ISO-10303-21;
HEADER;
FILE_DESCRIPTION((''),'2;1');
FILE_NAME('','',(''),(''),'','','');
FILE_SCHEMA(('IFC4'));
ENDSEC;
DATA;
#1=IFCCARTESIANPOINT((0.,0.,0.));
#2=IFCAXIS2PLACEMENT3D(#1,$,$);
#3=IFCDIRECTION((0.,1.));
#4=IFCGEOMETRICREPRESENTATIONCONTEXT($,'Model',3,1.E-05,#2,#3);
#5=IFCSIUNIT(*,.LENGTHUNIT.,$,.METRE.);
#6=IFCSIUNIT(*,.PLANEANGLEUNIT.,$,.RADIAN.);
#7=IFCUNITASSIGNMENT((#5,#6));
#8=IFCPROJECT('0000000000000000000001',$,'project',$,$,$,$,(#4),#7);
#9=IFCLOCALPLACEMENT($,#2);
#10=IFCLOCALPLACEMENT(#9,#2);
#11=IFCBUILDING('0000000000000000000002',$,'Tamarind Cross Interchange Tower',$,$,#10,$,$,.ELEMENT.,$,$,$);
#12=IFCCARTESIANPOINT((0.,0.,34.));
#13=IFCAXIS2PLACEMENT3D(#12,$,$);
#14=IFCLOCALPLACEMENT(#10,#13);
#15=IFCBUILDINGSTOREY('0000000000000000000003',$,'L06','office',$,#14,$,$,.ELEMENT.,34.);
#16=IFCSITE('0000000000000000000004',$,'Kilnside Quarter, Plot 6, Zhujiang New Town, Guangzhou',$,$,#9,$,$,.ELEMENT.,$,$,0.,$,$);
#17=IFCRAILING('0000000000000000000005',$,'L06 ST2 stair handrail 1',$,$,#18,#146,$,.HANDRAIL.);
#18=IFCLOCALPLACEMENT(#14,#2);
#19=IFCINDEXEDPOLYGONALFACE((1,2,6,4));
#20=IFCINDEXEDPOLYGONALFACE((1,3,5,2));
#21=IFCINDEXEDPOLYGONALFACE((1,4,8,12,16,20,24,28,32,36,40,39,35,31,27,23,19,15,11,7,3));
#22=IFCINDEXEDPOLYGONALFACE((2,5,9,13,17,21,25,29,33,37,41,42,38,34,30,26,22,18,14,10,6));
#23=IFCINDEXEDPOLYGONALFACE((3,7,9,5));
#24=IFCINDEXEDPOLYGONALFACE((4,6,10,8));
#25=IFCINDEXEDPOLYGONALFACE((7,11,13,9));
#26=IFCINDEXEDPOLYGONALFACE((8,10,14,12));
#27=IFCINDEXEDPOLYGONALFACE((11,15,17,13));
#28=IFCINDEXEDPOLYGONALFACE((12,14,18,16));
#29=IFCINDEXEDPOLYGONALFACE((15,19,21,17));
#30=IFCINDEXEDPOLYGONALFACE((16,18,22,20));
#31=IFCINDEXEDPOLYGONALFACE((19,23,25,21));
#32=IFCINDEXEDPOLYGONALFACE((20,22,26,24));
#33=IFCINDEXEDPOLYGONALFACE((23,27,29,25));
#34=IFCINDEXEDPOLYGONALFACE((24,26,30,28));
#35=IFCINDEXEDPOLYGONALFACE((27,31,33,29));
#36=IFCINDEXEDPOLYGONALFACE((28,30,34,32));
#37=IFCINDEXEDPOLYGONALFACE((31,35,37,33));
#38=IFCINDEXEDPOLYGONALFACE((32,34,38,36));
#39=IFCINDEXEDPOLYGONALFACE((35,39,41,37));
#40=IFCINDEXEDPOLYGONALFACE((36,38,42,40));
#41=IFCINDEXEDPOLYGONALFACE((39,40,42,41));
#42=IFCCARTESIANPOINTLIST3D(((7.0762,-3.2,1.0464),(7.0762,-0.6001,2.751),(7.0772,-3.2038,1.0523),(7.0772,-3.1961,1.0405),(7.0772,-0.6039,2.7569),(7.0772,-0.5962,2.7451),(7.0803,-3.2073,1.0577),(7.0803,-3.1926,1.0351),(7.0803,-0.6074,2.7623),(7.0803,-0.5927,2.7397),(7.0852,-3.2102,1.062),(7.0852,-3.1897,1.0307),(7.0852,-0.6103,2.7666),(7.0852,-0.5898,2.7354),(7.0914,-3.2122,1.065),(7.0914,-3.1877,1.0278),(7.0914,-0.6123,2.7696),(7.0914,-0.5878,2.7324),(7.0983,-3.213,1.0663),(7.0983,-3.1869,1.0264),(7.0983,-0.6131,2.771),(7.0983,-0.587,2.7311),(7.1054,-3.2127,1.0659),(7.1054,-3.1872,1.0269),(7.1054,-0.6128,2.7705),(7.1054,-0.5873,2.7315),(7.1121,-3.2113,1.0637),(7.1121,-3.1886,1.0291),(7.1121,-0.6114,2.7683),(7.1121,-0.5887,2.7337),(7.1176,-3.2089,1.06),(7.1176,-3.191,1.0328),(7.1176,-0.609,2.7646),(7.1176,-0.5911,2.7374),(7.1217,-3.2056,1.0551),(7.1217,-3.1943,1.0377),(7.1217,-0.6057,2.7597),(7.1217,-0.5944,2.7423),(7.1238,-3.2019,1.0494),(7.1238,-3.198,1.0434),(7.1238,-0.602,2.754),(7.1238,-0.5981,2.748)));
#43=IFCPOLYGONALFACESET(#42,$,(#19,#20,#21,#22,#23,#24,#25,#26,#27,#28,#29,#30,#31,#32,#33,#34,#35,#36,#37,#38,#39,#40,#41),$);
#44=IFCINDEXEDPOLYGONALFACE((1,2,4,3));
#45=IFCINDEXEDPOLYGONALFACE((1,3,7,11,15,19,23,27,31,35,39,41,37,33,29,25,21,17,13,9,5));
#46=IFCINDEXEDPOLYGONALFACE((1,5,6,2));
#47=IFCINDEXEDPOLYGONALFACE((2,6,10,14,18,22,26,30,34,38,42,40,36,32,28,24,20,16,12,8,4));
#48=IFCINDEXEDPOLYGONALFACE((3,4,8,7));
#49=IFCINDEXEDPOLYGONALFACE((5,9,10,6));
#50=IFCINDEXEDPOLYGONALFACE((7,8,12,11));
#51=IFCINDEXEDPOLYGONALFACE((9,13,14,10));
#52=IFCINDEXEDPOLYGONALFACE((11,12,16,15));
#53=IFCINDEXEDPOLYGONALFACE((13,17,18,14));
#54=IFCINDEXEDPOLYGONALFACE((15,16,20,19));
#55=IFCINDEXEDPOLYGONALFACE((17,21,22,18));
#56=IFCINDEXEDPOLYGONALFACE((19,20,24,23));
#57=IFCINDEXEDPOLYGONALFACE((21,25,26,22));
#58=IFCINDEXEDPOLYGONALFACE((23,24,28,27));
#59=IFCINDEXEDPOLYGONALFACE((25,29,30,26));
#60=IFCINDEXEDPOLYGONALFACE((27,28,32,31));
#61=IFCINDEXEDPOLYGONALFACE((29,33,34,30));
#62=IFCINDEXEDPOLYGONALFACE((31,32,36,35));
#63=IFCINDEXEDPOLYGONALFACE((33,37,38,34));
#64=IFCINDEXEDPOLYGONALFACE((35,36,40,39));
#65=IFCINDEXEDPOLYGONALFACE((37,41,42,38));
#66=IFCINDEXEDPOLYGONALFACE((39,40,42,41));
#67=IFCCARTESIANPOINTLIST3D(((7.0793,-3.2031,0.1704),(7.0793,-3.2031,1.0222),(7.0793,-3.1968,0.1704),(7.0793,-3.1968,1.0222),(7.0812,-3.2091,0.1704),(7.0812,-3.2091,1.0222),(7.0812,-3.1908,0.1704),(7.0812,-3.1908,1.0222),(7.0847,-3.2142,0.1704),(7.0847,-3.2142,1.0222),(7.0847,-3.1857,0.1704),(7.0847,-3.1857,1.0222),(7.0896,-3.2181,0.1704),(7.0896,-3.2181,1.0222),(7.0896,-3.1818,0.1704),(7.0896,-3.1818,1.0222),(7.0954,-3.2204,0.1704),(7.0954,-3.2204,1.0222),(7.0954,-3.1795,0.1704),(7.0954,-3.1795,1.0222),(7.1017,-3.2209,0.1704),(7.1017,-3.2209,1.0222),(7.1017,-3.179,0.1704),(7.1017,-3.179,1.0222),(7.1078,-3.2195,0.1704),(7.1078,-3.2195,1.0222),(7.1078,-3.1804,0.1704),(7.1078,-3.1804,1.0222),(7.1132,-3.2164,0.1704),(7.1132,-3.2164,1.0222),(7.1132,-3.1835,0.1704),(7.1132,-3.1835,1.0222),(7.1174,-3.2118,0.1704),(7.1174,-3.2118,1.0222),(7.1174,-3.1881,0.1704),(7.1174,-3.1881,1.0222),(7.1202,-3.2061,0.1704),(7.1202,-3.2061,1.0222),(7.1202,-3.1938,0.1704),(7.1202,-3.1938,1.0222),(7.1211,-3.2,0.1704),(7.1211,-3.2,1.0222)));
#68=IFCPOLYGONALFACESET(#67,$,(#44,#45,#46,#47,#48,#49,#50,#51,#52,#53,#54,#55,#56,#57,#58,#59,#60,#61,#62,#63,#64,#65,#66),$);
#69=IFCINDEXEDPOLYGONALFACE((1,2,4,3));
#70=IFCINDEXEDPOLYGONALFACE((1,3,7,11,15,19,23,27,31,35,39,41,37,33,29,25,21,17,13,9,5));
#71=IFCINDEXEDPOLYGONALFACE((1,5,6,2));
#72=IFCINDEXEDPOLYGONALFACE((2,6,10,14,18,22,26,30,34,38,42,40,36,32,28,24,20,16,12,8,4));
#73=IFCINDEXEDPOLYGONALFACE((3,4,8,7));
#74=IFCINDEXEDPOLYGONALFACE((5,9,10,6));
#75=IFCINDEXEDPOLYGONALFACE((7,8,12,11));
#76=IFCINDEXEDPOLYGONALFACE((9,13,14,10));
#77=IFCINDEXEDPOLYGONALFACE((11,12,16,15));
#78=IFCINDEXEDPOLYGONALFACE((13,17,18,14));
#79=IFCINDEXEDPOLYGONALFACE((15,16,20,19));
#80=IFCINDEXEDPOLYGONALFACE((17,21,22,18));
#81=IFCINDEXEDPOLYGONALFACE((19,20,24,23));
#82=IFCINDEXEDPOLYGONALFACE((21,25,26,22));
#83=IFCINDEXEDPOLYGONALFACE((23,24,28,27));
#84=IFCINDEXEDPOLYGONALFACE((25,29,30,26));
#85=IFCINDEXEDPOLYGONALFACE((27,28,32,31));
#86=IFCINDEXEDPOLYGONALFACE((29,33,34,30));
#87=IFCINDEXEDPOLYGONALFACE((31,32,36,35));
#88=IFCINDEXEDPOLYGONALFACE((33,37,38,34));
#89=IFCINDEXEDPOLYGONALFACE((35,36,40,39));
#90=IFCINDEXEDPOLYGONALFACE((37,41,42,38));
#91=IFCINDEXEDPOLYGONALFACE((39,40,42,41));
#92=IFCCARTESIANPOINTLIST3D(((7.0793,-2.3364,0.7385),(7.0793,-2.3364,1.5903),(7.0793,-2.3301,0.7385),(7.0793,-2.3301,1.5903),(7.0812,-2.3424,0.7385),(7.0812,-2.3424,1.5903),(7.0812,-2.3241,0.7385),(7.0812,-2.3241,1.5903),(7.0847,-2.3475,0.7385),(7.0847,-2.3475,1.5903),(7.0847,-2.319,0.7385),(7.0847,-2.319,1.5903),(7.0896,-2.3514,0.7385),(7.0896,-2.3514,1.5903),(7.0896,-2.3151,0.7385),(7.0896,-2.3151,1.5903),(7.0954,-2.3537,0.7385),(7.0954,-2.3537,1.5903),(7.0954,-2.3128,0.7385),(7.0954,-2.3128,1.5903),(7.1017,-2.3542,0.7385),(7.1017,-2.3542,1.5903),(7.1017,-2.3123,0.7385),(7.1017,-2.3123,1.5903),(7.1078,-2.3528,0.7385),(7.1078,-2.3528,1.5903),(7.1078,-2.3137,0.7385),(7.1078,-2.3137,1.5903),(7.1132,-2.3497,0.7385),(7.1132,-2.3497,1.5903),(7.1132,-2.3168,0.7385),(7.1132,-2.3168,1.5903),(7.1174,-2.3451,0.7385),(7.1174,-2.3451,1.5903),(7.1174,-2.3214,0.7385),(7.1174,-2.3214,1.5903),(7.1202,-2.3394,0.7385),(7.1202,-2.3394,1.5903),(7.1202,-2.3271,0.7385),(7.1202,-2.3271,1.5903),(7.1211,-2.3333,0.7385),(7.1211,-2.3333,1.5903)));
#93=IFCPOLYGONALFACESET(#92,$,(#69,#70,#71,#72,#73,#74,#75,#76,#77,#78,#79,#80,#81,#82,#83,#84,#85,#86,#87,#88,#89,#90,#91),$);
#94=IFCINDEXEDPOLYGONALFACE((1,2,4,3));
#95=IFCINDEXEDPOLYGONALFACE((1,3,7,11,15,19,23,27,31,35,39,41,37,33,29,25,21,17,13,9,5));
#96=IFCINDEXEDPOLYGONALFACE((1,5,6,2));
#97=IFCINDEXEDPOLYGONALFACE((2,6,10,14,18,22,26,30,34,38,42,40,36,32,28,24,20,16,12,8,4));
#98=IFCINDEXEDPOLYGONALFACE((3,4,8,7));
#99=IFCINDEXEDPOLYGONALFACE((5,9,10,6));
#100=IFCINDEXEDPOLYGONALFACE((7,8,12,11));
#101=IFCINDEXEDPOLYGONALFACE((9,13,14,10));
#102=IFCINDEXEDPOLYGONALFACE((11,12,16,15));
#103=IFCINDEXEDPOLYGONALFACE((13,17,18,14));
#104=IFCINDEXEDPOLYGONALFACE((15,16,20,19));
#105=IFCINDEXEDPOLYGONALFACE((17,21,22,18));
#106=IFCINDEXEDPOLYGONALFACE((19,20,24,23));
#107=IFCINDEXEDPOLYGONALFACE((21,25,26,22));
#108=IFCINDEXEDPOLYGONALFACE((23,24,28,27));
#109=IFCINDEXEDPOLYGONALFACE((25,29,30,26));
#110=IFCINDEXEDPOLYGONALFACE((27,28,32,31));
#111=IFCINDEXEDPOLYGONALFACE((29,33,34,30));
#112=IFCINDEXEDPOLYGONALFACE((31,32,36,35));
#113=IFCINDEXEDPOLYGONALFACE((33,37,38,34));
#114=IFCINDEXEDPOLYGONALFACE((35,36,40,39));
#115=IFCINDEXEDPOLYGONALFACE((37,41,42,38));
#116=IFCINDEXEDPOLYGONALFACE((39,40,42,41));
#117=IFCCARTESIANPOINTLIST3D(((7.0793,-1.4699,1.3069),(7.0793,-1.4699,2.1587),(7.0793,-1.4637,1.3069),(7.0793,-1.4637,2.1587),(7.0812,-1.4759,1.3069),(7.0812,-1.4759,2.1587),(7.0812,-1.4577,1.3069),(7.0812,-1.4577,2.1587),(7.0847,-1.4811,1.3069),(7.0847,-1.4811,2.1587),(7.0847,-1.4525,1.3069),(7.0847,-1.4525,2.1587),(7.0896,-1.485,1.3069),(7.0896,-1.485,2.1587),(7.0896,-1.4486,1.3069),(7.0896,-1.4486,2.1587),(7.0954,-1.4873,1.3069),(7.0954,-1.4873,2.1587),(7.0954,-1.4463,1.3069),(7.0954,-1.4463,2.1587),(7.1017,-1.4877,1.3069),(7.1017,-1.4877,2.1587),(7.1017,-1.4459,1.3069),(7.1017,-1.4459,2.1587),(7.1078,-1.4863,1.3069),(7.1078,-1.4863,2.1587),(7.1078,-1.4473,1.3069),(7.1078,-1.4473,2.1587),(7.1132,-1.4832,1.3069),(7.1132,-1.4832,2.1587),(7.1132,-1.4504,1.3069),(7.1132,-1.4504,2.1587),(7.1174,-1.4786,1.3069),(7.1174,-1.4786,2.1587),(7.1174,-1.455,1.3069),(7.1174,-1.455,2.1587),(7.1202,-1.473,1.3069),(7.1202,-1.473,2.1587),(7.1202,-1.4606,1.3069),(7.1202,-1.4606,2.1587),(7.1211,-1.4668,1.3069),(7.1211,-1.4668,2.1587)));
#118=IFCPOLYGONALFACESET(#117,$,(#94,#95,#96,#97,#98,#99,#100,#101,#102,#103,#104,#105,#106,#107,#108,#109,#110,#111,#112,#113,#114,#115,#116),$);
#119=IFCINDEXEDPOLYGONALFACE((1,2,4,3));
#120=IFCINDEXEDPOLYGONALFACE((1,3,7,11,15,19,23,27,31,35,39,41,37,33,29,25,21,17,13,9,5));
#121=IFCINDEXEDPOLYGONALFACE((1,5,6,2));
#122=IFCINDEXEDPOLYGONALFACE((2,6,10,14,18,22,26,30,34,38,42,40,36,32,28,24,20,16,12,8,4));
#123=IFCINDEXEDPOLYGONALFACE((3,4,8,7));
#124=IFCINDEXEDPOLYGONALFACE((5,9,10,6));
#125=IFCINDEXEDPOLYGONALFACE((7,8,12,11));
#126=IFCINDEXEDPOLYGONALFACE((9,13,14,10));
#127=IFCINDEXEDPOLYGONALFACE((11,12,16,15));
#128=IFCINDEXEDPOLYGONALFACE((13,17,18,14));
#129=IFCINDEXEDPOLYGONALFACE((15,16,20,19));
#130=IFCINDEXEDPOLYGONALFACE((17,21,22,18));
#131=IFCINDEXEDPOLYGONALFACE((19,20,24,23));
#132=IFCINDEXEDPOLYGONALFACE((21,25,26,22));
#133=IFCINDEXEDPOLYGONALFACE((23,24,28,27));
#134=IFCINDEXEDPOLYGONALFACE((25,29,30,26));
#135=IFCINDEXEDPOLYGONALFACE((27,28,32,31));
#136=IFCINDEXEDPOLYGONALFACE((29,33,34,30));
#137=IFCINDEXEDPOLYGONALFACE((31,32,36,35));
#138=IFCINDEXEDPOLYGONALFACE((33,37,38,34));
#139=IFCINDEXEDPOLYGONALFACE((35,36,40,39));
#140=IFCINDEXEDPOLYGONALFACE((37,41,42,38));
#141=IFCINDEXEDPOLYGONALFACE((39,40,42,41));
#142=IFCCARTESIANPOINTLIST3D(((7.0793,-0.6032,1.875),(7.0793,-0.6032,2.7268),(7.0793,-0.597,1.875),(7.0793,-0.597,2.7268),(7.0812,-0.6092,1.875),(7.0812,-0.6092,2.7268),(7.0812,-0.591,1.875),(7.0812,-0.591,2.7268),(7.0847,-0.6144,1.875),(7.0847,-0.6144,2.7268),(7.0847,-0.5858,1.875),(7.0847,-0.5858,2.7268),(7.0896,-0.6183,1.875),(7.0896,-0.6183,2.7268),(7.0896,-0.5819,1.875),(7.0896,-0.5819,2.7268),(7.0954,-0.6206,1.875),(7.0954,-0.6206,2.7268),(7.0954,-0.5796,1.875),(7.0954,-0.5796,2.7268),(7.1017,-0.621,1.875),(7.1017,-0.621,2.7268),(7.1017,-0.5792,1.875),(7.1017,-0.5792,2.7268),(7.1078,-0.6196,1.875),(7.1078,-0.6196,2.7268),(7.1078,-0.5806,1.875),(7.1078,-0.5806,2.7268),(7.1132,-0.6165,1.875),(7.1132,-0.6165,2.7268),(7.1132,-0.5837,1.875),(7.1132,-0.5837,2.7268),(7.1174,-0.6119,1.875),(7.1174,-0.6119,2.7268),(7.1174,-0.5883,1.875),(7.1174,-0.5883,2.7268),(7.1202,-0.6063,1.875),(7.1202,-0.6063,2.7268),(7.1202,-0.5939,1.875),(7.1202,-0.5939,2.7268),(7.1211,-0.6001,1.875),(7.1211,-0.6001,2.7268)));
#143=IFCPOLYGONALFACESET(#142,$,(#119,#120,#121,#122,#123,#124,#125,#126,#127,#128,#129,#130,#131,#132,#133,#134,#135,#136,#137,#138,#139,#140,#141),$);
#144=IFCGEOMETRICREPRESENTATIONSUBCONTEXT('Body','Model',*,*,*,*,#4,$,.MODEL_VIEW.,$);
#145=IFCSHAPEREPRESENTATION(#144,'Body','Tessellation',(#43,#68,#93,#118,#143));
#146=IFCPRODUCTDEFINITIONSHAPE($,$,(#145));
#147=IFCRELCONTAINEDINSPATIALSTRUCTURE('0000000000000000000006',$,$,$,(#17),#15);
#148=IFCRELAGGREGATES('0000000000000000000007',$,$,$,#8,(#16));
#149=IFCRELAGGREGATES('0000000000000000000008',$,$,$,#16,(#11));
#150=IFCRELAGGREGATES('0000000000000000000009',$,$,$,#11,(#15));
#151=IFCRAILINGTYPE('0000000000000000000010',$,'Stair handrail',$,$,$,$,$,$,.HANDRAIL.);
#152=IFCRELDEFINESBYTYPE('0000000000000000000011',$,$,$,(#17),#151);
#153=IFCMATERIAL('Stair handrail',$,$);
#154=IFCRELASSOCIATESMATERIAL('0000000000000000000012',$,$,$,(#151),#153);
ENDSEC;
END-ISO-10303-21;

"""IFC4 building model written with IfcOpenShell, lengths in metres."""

from ifc_helpers import new_model, si_unit, direction, frame, origin, origin_2d, place, context, subcontext, project, spatial, circle, extrude, material, type_object, element, save


model = new_model("IFC4")

# Units and contexts
model_context = context("Model", 3, precision=1e-05, world=origin(), true_north=direction((0.0, 1.0)))
body_context = subcontext(model_context, "Body", "Model", "MODEL_VIEW")
ifc_project = project(units=[si_unit("LENGTHUNIT", "METRE"), si_unit("PLANEANGLEUNIT", "RADIAN")], contexts=[model_context])

# Site, building, storey
site_placement = place(None, origin())
site = spatial("IfcSite", under=ifc_project, at=site_placement, Name="Kilnside Quarter, Plot 6, Zhujiang New Town, Guangzhou", CompositionType="ELEMENT", RefElevation=0.0)
building_placement = place(site_placement, origin())
building = spatial("IfcBuilding", under=site, at=building_placement, Name="Tamarind Cross Interchange Tower", CompositionType="ELEMENT")
storey_placement = place(building_placement, frame((0.0, 0.0, 34.0)))
storey = spatial("IfcBuildingStorey", under=building, at=storey_placement, Name="L06", Description="office", CompositionType="ELEMENT", Elevation=34.0)

# Railing
ifc_material_1 = material(Name="Stair handrail")
railing_type_1 = type_object("IfcRailingType", Name="Stair handrail", PredefinedType="HANDRAIL", material=ifc_material_1)
railing_1_placement = place(storey_placement, frame((7.1001, -3.2, 0.1704)))
element("IfcRailing", 1, at=railing_1_placement, inside=storey, type_object=railing_type_1, Name="L06 ST2 stair handrail 1", PredefinedType="HANDRAIL", context=body_context, shape_type="SweptSolid", body=[
    extrude(circle(Radius=0.0239, at=origin_2d()), frame((0.0, 0.0, 0.876), z_axis=(0.0, 0.836279, 0.548305), x_axis=(-1.0, 0.0, 0.0)), (0.0, 0.0, 1.0), 3.1089),
    extrude(circle(Radius=0.021, at=origin_2d()), origin(), (0.0, 0.0, 1.0), 0.8518),
    extrude(circle(Radius=0.021, at=origin_2d()), frame((0.0, 0.8667, 0.5681)), (0.0, 0.0, 1.0), 0.8518),
    extrude(circle(Radius=0.021, at=origin_2d()), frame((0.0, 1.7332, 1.1365)), (0.0, 0.0, 1.0), 0.8518),
    extrude(circle(Radius=0.021, at=origin_2d()), frame((0.0, 2.5999, 1.7046)), (0.0, 0.0, 1.0), 0.8518),
])

save(model, "model.ifc")
